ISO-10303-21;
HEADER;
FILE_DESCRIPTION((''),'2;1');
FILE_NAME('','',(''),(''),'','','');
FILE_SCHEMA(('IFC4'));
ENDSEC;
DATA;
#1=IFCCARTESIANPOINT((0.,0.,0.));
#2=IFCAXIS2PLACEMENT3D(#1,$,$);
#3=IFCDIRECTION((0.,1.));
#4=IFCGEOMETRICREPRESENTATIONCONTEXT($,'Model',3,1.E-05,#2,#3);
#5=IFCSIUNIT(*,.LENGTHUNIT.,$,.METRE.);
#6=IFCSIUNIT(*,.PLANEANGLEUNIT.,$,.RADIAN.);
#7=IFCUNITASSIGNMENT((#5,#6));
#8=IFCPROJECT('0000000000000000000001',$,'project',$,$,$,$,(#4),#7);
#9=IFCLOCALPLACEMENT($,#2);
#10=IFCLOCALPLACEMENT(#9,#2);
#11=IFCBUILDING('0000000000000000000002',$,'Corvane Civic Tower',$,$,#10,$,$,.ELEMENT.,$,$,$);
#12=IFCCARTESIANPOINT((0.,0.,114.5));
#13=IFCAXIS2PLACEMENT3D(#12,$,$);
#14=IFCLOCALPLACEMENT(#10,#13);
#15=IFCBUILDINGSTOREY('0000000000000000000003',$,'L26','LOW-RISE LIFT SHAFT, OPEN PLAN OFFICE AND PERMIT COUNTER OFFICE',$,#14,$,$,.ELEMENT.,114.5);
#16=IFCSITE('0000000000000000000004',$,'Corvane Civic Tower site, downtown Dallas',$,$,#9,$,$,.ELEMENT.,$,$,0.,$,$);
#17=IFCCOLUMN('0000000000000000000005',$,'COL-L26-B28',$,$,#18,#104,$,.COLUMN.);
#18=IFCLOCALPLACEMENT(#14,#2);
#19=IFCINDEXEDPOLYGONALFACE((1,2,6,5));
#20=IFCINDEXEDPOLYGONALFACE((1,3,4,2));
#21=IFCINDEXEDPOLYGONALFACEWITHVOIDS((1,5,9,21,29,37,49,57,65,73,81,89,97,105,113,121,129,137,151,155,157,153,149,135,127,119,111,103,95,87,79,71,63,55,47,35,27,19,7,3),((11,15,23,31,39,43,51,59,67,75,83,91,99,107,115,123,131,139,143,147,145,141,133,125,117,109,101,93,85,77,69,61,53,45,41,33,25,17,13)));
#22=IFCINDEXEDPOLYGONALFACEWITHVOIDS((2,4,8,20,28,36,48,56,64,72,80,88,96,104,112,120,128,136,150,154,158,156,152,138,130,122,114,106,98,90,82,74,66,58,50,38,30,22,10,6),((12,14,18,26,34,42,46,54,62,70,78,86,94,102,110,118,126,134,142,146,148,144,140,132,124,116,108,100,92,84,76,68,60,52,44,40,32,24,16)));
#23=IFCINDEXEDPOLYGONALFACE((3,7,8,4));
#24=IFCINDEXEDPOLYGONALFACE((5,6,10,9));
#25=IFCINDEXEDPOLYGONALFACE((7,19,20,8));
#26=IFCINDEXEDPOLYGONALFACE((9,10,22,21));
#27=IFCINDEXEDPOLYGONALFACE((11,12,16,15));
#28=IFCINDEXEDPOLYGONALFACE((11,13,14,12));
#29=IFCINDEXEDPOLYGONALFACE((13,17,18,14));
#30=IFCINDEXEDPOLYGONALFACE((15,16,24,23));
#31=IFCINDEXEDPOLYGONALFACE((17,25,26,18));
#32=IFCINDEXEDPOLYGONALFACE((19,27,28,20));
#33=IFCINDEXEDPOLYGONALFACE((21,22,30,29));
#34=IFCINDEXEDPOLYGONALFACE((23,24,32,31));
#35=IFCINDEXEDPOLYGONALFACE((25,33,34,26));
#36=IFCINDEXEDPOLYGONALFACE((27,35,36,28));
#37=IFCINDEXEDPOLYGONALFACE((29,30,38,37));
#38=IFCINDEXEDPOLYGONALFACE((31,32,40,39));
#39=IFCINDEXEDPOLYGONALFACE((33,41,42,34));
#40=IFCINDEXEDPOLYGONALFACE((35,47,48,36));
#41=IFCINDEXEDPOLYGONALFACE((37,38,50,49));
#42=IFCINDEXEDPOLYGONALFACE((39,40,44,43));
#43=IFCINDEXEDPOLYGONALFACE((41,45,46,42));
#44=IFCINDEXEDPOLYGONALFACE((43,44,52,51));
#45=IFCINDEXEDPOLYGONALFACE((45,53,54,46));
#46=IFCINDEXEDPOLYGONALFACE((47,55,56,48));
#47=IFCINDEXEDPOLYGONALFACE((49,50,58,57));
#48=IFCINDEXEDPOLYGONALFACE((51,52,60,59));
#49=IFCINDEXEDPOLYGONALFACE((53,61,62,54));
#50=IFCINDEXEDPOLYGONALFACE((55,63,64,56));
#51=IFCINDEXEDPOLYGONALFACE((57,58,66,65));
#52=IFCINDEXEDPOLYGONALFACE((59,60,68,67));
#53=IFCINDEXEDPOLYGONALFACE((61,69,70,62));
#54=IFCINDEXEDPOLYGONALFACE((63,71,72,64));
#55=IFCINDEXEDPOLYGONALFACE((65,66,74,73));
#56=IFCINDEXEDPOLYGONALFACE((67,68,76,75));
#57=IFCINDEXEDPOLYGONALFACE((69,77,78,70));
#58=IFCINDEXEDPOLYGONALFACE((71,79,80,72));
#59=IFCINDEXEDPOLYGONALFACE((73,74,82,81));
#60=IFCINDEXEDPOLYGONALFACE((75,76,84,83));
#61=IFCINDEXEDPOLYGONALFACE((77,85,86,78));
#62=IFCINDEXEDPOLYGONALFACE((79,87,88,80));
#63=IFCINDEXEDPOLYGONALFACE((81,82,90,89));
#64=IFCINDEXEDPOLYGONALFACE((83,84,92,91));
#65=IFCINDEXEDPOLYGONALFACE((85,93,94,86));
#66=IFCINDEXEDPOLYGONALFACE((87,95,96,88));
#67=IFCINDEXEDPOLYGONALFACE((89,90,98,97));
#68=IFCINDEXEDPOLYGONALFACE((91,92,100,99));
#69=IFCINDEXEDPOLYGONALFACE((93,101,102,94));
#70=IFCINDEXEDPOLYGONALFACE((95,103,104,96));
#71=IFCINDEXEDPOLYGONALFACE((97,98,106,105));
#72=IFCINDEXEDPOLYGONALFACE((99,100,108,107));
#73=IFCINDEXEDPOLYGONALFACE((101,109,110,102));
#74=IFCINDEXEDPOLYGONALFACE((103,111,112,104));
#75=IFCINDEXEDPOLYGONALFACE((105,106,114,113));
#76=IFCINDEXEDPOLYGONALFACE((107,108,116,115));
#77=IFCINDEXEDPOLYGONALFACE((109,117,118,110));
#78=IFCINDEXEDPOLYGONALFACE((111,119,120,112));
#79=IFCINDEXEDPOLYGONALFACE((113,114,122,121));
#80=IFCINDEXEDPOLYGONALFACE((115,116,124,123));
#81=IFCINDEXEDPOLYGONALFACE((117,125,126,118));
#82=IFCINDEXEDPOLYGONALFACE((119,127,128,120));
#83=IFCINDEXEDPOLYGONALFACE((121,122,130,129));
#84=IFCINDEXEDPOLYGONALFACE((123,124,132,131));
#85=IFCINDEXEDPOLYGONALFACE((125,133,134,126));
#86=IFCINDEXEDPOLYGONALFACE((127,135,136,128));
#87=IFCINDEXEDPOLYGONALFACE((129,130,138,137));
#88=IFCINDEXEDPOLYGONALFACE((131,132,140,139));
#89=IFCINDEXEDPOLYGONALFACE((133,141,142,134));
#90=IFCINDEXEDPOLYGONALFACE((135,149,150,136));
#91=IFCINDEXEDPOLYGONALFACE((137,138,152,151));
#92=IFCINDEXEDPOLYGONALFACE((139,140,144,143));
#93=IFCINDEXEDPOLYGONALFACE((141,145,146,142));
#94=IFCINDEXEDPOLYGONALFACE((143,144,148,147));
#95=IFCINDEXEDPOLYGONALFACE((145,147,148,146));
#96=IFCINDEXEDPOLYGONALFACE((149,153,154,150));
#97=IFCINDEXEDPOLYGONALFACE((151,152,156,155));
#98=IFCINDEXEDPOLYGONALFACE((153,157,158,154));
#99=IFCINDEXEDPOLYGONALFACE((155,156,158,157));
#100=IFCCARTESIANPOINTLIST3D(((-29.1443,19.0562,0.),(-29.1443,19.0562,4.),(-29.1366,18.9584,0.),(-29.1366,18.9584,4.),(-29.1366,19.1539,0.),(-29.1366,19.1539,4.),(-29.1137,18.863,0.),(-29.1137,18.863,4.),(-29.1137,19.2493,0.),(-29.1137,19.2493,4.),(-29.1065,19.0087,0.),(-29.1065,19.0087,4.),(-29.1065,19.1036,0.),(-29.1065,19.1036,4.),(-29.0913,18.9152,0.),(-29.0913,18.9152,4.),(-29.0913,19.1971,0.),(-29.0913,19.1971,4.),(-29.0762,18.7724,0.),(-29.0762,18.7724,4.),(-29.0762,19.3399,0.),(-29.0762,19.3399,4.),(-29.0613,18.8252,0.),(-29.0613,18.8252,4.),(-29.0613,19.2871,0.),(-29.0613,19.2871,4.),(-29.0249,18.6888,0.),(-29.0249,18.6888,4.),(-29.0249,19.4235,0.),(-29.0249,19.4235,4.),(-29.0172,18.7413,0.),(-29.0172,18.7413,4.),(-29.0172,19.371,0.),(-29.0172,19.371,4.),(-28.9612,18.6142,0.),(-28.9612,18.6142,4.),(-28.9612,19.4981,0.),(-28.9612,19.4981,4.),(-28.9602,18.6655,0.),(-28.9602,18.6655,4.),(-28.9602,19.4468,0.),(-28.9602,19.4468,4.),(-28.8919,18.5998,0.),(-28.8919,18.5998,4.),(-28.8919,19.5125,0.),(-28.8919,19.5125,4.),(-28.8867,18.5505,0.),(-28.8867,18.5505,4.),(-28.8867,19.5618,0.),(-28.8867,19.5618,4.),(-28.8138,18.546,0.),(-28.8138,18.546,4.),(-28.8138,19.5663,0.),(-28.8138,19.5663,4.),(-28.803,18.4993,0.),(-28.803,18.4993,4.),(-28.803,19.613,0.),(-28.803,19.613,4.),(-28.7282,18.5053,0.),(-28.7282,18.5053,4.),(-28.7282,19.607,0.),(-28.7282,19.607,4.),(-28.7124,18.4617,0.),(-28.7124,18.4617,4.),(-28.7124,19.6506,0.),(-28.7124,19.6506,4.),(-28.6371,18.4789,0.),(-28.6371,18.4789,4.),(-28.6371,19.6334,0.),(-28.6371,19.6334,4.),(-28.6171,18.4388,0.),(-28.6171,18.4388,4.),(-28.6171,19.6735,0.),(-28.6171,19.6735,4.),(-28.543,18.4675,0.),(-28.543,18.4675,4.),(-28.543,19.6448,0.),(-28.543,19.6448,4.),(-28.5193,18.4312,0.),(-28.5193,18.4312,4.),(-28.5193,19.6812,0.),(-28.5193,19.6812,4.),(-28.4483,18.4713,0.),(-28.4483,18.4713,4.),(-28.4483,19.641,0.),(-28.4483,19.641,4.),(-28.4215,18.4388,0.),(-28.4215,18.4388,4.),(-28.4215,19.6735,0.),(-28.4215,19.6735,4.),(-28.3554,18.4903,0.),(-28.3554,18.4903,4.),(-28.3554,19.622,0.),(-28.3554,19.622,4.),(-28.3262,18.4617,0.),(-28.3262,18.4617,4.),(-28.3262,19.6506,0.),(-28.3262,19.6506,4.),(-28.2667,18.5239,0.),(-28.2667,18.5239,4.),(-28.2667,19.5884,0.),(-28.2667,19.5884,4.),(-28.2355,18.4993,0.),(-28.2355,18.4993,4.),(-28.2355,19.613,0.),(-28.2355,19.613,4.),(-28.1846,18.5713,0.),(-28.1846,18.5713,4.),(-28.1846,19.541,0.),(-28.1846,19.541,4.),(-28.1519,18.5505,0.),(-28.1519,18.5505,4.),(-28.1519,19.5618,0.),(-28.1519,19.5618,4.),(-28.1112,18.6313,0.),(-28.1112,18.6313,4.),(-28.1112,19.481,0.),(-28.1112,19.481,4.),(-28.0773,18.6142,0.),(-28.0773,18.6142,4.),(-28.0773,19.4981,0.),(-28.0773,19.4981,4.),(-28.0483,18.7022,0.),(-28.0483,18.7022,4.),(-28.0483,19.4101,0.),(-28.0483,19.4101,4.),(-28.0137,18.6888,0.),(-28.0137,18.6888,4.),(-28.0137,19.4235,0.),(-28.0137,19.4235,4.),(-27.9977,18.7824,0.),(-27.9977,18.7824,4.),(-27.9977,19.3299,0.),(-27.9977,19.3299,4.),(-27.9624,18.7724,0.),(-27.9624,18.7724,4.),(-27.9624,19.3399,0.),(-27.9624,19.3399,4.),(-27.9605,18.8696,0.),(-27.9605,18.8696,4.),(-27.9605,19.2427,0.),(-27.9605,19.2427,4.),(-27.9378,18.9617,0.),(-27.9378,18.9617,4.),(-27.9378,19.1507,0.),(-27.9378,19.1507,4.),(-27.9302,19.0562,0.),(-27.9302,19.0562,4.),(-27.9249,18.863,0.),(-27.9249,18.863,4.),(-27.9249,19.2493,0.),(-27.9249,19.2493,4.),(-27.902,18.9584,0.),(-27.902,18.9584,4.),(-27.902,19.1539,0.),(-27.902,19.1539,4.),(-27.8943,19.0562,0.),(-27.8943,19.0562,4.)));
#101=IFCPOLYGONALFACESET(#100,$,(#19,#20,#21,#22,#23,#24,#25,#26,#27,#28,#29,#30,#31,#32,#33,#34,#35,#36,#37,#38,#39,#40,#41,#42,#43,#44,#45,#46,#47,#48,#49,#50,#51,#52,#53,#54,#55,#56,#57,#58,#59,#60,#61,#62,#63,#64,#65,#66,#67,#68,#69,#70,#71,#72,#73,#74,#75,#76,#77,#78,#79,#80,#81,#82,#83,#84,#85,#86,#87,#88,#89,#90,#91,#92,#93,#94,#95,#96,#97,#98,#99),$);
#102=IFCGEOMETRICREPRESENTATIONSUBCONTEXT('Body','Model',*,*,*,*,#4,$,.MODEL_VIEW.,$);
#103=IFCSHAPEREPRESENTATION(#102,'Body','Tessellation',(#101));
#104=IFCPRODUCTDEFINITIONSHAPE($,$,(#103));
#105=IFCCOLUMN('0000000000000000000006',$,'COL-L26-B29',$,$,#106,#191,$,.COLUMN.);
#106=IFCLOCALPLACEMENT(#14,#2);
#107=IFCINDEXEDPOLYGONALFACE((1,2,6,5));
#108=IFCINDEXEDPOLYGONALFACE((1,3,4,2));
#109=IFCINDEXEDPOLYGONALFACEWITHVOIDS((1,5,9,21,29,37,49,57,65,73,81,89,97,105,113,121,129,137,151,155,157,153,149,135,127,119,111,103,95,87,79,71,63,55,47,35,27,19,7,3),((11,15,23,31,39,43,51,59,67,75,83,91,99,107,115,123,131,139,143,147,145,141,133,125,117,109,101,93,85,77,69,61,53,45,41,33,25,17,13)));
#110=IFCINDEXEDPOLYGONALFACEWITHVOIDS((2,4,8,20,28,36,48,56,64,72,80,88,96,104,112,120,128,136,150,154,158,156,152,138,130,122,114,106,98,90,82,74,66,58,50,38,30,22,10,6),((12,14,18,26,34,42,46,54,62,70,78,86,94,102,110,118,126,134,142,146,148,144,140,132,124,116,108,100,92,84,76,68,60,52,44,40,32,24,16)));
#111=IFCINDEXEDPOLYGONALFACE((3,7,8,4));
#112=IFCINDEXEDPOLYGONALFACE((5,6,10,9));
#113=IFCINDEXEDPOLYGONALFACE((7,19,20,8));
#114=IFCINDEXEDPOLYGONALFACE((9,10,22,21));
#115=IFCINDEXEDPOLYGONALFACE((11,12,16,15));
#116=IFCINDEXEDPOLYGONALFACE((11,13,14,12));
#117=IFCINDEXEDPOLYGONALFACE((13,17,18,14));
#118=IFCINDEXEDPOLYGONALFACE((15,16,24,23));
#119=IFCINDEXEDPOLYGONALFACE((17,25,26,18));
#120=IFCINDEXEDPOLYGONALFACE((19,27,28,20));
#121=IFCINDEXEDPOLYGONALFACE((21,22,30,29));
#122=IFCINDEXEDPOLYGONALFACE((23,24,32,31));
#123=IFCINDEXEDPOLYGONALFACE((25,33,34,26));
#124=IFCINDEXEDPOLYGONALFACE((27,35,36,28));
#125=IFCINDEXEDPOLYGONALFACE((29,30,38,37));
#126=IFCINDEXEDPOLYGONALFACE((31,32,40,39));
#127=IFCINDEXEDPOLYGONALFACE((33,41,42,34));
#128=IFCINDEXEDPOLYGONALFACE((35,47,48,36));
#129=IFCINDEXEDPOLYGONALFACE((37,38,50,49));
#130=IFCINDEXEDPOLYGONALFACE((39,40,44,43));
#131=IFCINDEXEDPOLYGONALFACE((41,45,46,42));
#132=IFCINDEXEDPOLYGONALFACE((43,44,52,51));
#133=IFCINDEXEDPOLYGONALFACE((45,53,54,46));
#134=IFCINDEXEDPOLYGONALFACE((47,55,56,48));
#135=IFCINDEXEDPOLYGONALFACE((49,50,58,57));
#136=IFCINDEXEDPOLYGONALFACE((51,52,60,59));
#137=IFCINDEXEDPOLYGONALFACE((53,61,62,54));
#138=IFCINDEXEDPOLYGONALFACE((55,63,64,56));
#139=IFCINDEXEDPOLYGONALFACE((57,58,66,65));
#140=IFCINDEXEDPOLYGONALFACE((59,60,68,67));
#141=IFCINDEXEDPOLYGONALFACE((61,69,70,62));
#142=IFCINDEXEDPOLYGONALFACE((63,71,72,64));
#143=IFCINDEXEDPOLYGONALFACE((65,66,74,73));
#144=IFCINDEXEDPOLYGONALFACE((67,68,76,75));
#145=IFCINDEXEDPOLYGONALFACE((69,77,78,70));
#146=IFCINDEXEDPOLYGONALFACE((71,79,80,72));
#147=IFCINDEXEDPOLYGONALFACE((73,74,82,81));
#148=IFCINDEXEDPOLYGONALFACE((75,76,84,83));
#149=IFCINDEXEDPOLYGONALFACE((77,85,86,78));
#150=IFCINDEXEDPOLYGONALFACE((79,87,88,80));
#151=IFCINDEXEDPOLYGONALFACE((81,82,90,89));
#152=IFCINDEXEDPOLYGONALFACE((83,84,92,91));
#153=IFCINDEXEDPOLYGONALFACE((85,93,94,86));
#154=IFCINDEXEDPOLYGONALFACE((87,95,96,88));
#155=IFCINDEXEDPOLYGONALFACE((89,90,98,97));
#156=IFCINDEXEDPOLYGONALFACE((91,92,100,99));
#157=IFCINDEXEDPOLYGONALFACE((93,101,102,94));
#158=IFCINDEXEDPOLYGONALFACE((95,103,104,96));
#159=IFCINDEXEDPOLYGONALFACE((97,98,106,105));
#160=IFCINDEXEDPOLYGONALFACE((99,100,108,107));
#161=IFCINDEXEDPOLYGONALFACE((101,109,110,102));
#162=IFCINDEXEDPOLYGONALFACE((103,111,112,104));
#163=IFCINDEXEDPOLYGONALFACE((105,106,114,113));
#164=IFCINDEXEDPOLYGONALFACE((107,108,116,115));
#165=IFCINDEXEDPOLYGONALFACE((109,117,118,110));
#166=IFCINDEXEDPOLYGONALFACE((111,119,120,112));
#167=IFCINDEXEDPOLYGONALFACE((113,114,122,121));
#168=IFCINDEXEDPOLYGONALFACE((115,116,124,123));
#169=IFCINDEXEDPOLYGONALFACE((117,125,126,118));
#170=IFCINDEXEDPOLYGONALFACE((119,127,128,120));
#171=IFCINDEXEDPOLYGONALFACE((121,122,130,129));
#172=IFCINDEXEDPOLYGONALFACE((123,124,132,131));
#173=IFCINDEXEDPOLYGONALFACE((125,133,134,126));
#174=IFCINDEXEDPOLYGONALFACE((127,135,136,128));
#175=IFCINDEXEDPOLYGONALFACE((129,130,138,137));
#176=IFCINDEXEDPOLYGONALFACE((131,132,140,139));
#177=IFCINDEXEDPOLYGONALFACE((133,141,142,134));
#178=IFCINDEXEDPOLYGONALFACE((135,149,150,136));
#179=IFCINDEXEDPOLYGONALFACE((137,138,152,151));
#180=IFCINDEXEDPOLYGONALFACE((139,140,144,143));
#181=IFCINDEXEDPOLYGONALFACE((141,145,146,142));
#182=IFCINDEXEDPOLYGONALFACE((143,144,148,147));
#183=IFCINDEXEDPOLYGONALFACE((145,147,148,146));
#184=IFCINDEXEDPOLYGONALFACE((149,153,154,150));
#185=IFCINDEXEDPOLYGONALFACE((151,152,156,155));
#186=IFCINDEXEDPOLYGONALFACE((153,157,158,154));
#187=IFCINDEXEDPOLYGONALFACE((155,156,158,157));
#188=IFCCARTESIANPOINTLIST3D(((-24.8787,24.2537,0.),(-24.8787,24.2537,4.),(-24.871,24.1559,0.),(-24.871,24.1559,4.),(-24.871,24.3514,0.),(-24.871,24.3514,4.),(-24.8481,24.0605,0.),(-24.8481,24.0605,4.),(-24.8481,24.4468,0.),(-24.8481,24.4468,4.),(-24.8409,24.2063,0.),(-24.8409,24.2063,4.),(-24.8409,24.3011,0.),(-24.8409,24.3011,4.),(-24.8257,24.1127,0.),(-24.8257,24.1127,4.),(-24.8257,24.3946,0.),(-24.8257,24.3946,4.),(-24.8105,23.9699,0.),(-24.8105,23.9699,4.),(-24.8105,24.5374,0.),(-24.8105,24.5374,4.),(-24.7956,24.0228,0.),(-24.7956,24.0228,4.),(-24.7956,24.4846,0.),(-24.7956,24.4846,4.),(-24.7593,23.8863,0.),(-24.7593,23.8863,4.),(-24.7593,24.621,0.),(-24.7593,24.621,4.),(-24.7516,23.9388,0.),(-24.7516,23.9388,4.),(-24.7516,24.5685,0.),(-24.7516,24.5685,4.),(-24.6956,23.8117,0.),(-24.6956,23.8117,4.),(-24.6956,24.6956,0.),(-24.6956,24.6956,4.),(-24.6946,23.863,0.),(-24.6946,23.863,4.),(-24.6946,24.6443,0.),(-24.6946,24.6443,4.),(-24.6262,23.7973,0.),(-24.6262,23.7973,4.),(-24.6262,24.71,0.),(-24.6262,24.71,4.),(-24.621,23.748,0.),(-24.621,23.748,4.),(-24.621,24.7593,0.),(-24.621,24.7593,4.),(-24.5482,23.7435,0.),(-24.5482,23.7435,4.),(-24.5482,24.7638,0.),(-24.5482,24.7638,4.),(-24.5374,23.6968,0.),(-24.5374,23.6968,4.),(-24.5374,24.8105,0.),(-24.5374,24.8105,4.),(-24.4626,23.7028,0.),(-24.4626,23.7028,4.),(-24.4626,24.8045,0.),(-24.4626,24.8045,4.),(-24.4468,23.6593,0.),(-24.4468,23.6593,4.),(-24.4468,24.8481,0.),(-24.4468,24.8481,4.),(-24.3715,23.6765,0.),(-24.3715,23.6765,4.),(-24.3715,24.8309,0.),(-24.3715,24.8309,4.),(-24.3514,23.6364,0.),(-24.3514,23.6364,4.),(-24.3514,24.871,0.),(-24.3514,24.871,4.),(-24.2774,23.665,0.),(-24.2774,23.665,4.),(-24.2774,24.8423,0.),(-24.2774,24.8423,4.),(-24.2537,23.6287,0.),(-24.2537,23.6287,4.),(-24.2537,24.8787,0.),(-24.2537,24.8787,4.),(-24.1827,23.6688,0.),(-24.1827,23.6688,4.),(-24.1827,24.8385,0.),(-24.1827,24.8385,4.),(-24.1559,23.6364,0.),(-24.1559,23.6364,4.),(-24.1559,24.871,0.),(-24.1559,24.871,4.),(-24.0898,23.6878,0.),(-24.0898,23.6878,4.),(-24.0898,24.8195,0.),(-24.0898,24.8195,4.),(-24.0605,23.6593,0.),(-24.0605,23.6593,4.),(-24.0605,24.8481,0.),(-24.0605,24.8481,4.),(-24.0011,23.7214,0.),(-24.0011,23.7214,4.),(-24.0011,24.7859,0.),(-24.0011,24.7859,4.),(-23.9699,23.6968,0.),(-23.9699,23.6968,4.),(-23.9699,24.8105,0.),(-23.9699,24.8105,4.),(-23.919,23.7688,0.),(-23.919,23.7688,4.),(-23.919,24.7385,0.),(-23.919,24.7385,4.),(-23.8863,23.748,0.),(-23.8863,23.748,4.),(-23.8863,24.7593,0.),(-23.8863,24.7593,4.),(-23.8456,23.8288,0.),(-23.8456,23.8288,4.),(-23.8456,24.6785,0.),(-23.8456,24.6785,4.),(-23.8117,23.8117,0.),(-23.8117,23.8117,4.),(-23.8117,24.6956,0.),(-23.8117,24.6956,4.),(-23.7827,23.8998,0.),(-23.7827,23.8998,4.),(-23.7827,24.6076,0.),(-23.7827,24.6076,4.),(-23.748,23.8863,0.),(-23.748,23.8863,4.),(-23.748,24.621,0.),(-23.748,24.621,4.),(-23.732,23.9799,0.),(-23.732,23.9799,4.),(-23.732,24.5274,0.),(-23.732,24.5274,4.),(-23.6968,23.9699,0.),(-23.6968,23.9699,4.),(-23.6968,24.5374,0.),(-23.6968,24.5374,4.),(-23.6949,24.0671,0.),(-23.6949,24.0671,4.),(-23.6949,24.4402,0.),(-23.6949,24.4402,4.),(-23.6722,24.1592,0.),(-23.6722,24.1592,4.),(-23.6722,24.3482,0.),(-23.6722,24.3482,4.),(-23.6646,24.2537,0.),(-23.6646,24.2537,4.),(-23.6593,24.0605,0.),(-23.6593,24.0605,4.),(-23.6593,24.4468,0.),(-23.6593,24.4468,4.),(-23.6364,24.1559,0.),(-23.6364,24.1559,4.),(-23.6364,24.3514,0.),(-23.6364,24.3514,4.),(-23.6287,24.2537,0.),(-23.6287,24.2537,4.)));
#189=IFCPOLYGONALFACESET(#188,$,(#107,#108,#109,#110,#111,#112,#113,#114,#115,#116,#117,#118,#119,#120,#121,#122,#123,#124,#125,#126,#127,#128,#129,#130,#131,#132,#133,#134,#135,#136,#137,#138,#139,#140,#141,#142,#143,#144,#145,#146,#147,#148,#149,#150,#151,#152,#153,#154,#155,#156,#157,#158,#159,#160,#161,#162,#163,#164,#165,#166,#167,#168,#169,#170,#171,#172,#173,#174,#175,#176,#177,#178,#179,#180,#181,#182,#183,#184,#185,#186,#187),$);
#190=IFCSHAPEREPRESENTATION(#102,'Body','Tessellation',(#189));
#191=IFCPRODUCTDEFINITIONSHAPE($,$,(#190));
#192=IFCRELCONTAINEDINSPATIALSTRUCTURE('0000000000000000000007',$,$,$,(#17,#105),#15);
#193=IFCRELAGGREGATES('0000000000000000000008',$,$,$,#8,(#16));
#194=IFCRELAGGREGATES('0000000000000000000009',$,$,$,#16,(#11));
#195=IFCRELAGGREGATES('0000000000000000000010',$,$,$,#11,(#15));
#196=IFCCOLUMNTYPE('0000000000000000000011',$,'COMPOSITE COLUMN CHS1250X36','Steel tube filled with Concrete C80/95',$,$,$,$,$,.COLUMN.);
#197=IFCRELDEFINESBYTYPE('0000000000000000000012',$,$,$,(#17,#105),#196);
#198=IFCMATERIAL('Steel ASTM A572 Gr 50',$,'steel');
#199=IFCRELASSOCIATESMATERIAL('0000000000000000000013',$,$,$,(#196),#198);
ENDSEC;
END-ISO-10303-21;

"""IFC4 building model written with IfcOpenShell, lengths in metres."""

from ifc_helpers import new_model, si_unit, direction, frame, origin, origin_2d, place, context, subcontext, project, spatial, hollow_circle, extrude, material, material_profile, profile_set, type_object, element, save


model = new_model("IFC4")

# Units and contexts
model_context = context("Model", 3, precision=1e-05, world=origin(), true_north=direction((0.0, 1.0)))
body_context = subcontext(model_context, "Body", "Model", "MODEL_VIEW")
ifc_project = project(units=[si_unit("LENGTHUNIT", "METRE"), si_unit("PLANEANGLEUNIT", "RADIAN")], contexts=[model_context])

# Site, building, storey
site_placement = place(None, origin())
site = spatial("IfcSite", under=ifc_project, at=site_placement, Name="Corvane Civic Tower site, downtown Dallas", CompositionType="ELEMENT", RefElevation=0.0)
building_placement = place(site_placement, origin())
building = spatial("IfcBuilding", under=site, at=building_placement, Name="Corvane Civic Tower", CompositionType="ELEMENT")
storey_placement = place(building_placement, frame((0.0, 0.0, 114.5)))
storey = spatial("IfcBuildingStorey", under=building, at=storey_placement, Name="L26", Description="LOW-RISE LIFT SHAFT, OPEN PLAN OFFICE AND PERMIT COUNTER OFFICE", CompositionType="ELEMENT", Elevation=114.5)

# Columns
ifc_material_1 = material(Name="Steel ASTM A572 Gr 50", Category="steel")
ifc_material_profile_1 = material_profile(ifc_material_1, hollow_circle(Radius=0.625, WallThickness=0.0359, at=origin_2d()), Name="CHS1250X36")
ifc_profile_set_1 = profile_set([ifc_material_profile_1], Name="Steel ASTM A572 Gr 50")
column_type = type_object("IfcColumnType", Name="COMPOSITE COLUMN CHS1250X36", Description="Steel tube filled with Concrete C80/95", PredefinedType="COLUMN", material=ifc_profile_set_1)
for number, where, z_axis, x_axis, name in (
    (1, (-28.5193, 19.0562, 0.0), (0.0, 0.0, 1.0), (1.0, 0.0, 0.0), "COL-L26-B28"),
    (2, (-24.2537, 24.2537, 0.0), (0.0, 0.0, 1.0), (1.0, 0.0, 0.0), "COL-L26-B29"),
):
    element("IfcColumn", number, at=place(storey_placement, frame(where, z_axis=z_axis, x_axis=x_axis)), inside=storey, type_object=column_type, Name=name, PredefinedType="COLUMN", context=body_context, shape_type="SweptSolid", body=[
        extrude(hollow_circle(Radius=0.625, WallThickness=0.0359, at=origin_2d()), origin(), (0.0, 0.0, 1.0), 4.0),
    ])

save(model, "model.ifc")
